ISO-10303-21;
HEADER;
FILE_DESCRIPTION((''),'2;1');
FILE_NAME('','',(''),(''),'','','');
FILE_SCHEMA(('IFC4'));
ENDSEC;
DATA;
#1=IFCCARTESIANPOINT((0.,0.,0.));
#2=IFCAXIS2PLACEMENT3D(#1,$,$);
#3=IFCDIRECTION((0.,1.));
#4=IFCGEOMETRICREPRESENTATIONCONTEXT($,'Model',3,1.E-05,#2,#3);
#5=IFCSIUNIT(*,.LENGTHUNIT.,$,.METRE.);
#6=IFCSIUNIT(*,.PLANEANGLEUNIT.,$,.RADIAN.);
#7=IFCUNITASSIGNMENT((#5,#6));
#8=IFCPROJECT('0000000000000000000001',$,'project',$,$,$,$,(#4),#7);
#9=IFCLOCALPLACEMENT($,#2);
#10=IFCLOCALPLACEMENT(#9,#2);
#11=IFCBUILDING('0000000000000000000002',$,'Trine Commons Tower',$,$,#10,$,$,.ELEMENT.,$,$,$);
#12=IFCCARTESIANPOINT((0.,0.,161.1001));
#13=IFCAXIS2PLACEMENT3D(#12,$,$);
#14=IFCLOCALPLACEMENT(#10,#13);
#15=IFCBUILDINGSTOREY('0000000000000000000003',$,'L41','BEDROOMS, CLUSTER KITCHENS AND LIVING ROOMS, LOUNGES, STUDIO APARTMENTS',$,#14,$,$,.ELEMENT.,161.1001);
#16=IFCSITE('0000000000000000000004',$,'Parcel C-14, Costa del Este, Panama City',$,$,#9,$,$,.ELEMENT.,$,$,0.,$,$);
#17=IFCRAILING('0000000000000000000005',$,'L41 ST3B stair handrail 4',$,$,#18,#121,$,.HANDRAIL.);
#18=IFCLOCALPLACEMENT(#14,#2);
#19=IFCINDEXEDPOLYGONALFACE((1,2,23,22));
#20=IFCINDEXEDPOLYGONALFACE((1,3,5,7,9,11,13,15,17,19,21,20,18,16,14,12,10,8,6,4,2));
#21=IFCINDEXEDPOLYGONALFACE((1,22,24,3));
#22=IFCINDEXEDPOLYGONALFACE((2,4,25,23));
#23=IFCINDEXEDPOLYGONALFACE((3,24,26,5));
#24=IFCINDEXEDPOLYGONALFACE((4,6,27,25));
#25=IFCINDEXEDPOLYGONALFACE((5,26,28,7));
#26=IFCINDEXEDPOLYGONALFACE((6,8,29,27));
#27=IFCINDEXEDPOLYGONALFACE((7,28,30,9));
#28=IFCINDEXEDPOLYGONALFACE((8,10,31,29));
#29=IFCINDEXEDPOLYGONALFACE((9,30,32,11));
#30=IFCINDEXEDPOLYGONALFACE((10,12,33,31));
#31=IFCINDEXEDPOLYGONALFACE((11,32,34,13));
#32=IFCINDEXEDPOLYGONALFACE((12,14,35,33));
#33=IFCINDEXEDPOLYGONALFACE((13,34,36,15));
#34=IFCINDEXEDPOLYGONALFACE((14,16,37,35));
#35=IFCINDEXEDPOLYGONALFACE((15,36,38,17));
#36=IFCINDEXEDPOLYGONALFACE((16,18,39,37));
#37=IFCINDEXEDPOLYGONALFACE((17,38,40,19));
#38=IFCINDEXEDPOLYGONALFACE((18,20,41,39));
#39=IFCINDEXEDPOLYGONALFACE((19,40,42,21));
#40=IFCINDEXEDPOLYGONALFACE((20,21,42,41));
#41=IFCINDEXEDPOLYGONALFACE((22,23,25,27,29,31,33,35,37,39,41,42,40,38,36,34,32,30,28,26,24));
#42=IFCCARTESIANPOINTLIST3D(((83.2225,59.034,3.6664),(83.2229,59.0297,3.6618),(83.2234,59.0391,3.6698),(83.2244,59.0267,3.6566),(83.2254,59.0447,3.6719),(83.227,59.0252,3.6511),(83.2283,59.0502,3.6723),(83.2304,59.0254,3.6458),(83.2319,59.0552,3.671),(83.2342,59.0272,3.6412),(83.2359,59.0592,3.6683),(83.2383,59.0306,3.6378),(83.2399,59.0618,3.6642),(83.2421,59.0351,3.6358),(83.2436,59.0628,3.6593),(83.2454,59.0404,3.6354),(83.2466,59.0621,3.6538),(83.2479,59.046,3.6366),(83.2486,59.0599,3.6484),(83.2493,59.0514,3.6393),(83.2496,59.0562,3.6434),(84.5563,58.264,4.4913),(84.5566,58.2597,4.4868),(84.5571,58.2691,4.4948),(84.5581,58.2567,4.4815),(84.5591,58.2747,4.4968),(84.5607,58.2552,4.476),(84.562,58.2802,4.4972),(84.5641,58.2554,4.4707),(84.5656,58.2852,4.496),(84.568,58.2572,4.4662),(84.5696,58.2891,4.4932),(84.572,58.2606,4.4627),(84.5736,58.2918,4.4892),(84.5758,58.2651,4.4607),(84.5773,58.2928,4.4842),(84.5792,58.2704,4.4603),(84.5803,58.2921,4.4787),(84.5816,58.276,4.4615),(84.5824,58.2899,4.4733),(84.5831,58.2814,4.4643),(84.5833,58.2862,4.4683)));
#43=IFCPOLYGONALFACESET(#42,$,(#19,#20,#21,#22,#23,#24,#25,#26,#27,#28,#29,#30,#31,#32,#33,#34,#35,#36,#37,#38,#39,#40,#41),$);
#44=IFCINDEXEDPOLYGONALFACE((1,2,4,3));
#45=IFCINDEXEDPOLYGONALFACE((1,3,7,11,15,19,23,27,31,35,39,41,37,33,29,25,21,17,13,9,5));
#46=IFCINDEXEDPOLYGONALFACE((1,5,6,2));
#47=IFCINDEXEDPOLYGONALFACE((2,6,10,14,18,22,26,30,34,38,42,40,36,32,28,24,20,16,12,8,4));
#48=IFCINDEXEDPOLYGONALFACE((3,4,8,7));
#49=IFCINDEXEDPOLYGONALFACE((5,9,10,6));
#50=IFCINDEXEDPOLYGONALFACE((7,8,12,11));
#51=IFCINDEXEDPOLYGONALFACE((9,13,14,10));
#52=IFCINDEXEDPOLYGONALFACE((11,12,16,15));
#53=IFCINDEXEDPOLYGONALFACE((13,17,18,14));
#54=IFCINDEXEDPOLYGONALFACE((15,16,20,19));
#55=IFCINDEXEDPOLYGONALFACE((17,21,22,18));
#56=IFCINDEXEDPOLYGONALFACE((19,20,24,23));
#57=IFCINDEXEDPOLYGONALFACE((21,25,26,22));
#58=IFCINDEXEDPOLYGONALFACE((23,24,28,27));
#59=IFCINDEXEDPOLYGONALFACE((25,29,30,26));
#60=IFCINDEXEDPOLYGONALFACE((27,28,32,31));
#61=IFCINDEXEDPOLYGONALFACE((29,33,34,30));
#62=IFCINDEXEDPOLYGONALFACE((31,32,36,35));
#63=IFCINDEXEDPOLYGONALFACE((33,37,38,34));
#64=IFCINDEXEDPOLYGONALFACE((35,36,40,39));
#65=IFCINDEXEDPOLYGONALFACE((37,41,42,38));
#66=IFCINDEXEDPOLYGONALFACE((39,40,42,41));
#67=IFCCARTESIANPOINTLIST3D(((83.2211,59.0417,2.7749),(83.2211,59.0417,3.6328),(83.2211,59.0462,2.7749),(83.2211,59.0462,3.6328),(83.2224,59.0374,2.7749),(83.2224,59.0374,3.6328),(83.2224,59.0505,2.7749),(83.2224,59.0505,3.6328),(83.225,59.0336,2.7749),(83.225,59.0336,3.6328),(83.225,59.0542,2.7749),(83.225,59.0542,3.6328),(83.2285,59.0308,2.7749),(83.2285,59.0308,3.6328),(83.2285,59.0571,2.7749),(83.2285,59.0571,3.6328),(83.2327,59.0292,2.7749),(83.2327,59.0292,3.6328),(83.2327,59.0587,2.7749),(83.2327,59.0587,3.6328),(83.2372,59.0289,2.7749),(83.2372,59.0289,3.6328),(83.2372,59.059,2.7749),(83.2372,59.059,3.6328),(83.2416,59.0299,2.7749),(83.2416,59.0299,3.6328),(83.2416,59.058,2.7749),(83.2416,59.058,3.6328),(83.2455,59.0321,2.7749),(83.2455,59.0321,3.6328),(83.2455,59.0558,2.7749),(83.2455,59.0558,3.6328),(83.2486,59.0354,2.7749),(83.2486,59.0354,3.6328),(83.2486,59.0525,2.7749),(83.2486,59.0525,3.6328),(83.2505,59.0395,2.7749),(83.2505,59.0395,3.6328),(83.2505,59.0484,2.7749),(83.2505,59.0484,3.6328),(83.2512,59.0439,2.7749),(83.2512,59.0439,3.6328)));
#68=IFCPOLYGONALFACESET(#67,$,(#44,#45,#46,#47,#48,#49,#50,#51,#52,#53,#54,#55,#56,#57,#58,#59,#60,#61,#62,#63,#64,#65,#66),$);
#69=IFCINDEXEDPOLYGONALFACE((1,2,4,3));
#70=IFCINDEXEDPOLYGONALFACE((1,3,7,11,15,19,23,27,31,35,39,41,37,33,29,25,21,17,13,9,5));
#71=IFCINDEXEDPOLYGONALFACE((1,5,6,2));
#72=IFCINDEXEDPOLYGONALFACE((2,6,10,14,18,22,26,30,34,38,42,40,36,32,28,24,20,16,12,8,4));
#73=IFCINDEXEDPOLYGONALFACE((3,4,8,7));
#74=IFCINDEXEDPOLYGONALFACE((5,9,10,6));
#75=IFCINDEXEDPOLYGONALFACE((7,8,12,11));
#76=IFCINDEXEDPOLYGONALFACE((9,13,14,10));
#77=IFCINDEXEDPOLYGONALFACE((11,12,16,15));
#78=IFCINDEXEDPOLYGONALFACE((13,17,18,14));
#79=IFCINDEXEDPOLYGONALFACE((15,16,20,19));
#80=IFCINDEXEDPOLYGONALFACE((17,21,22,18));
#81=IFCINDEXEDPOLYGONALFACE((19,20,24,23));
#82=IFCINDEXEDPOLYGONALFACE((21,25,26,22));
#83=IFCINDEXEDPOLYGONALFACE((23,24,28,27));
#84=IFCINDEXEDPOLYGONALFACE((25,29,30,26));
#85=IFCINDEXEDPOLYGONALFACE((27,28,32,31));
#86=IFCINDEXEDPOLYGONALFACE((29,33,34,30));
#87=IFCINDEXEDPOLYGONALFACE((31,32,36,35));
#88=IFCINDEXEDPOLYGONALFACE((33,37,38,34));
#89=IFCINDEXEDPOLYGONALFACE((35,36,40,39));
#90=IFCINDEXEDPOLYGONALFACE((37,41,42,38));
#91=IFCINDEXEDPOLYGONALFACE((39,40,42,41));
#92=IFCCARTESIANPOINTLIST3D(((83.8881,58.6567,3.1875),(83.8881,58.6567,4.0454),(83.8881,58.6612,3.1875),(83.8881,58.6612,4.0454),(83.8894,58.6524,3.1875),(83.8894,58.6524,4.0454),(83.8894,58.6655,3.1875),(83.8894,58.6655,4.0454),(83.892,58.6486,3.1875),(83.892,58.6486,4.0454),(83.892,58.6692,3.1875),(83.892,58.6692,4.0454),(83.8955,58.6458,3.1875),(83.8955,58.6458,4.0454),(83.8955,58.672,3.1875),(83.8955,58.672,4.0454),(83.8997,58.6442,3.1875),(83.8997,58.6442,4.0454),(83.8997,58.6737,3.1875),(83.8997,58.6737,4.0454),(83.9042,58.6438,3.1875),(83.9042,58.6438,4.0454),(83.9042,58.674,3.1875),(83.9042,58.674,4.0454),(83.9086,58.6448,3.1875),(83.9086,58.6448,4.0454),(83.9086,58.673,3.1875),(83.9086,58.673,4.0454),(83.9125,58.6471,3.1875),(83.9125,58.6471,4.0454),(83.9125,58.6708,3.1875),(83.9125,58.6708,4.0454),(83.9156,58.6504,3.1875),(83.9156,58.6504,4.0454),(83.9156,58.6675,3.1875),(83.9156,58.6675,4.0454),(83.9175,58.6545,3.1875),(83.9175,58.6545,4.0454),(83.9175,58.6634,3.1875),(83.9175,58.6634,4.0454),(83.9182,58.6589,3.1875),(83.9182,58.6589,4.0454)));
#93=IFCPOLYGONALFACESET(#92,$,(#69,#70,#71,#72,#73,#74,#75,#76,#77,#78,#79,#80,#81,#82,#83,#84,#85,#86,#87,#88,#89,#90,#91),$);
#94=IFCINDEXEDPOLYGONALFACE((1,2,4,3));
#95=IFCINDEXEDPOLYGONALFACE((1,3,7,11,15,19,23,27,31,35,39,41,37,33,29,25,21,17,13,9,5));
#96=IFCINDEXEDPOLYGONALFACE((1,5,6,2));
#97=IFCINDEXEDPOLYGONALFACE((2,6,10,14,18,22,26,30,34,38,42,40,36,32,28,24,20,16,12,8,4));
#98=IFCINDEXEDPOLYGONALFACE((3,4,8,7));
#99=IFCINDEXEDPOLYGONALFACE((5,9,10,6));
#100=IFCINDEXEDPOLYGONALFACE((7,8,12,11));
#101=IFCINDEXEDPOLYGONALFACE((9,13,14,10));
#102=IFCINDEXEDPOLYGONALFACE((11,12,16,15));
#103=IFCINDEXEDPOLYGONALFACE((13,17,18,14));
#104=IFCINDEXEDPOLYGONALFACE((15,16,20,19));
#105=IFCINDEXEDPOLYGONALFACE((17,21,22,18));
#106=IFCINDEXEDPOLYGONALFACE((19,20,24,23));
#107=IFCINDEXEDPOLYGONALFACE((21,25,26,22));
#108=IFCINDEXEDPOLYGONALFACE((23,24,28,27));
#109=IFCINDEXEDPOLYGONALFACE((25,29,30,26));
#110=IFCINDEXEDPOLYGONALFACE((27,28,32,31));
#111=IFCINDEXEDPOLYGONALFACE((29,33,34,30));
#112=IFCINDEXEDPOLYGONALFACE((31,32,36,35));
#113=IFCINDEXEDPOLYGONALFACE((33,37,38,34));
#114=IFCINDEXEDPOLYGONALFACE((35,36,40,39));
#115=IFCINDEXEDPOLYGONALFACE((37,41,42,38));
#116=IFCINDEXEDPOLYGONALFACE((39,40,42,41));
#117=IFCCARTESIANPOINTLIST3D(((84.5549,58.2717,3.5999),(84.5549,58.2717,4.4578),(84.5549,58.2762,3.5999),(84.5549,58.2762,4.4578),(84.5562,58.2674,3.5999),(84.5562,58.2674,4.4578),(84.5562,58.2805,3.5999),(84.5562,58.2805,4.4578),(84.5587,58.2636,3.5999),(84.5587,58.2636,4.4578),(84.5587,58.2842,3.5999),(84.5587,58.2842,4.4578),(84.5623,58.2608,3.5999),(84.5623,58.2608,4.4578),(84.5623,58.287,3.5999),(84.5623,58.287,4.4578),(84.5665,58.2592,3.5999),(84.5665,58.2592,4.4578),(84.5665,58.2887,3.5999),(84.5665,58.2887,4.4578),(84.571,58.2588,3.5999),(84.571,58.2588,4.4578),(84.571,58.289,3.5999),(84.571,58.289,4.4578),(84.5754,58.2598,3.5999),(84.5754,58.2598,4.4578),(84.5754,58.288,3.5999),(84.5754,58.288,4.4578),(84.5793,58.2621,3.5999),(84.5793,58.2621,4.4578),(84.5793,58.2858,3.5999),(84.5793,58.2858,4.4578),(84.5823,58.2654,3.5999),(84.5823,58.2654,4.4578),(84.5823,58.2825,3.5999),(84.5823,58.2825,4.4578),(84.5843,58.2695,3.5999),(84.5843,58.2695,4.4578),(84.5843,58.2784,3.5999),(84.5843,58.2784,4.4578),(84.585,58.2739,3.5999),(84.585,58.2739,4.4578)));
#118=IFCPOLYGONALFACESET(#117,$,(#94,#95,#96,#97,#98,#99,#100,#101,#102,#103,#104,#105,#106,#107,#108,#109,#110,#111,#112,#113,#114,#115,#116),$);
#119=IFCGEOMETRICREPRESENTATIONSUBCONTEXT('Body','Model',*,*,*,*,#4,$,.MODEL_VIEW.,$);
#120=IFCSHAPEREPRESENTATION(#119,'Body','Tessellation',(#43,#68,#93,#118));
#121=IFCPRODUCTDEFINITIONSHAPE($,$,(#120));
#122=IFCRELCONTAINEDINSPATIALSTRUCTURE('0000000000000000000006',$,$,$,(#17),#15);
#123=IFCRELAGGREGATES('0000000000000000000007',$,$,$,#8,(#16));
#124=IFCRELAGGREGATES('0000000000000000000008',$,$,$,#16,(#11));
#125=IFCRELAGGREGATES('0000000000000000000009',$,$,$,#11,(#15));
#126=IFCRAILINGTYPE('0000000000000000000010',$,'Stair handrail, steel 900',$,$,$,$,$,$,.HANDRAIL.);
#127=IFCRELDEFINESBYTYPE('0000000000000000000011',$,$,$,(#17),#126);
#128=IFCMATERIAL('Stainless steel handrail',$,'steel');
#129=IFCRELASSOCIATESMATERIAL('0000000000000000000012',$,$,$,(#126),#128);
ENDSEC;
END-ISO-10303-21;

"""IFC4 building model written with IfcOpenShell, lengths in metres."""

from ifc_helpers import new_model, si_unit, direction, frame, origin, origin_2d, place, context, subcontext, project, spatial, circle, extrude, material, type_object, element, save


model = new_model("IFC4")

# Units and contexts
model_context = context("Model", 3, precision=1e-05, world=origin(), true_north=direction((0.0, 1.0)))
body_context = subcontext(model_context, "Body", "Model", "MODEL_VIEW")
ifc_project = project(units=[si_unit("LENGTHUNIT", "METRE"), si_unit("PLANEANGLEUNIT", "RADIAN")], contexts=[model_context])

# Site, building, storey
site_placement = place(None, origin())
site = spatial("IfcSite", under=ifc_project, at=site_placement, Name="Parcel C-14, Costa del Este, Panama City", CompositionType="ELEMENT", RefElevation=0.0)
building_placement = place(site_placement, origin())
building = spatial("IfcBuilding", under=site, at=building_placement, Name="Trine Commons Tower", CompositionType="ELEMENT")
storey_placement = place(building_placement, frame((0.0, 0.0, 161.1001)))
storey = spatial("IfcBuildingStorey", under=building, at=storey_placement, Name="L41", Description="BEDROOMS, CLUSTER KITCHENS AND LIVING ROOMS, LOUNGES, STUDIO APARTMENTS", CompositionType="ELEMENT", Elevation=161.1001)

# Railing
ifc_material_1 = material(Name="Stainless steel handrail", Category="steel")
railing_type_1 = type_object("IfcRailingType", Name="Stair handrail, steel 900", PredefinedType="HANDRAIL", material=ifc_material_1)
railing_1_placement = place(storey_placement, frame((83.2361, 59.0439, 2.7749)))
element("IfcRailing", 1, at=railing_1_placement, inside=storey, type_object=railing_type_1, Name="L41 ST3B stair handrail 4", PredefinedType="HANDRAIL", context=body_context, shape_type="SweptSolid", body=[
    extrude(circle(Radius=0.021, at=origin_2d()), frame((0.0, 0.0, 0.8789), z_axis=(0.763405, -0.440743, 0.472185), x_axis=(0.499992, 0.86603, 0.0)), (0.0, 0.0, 1.0), 1.7471),
    extrude(circle(Radius=0.0151, at=origin_2d()), origin(), (0.0, 0.0, 1.0), 0.8579),
    extrude(circle(Radius=0.0151, at=origin_2d()), frame((0.667, -0.385, 0.4126)), (0.0, 0.0, 1.0), 0.8579),
    extrude(circle(Radius=0.0151, at=origin_2d()), frame((1.3337, -0.77, 0.825)), (0.0, 0.0, 1.0), 0.8579),
])

save(model, "model.ifc")
